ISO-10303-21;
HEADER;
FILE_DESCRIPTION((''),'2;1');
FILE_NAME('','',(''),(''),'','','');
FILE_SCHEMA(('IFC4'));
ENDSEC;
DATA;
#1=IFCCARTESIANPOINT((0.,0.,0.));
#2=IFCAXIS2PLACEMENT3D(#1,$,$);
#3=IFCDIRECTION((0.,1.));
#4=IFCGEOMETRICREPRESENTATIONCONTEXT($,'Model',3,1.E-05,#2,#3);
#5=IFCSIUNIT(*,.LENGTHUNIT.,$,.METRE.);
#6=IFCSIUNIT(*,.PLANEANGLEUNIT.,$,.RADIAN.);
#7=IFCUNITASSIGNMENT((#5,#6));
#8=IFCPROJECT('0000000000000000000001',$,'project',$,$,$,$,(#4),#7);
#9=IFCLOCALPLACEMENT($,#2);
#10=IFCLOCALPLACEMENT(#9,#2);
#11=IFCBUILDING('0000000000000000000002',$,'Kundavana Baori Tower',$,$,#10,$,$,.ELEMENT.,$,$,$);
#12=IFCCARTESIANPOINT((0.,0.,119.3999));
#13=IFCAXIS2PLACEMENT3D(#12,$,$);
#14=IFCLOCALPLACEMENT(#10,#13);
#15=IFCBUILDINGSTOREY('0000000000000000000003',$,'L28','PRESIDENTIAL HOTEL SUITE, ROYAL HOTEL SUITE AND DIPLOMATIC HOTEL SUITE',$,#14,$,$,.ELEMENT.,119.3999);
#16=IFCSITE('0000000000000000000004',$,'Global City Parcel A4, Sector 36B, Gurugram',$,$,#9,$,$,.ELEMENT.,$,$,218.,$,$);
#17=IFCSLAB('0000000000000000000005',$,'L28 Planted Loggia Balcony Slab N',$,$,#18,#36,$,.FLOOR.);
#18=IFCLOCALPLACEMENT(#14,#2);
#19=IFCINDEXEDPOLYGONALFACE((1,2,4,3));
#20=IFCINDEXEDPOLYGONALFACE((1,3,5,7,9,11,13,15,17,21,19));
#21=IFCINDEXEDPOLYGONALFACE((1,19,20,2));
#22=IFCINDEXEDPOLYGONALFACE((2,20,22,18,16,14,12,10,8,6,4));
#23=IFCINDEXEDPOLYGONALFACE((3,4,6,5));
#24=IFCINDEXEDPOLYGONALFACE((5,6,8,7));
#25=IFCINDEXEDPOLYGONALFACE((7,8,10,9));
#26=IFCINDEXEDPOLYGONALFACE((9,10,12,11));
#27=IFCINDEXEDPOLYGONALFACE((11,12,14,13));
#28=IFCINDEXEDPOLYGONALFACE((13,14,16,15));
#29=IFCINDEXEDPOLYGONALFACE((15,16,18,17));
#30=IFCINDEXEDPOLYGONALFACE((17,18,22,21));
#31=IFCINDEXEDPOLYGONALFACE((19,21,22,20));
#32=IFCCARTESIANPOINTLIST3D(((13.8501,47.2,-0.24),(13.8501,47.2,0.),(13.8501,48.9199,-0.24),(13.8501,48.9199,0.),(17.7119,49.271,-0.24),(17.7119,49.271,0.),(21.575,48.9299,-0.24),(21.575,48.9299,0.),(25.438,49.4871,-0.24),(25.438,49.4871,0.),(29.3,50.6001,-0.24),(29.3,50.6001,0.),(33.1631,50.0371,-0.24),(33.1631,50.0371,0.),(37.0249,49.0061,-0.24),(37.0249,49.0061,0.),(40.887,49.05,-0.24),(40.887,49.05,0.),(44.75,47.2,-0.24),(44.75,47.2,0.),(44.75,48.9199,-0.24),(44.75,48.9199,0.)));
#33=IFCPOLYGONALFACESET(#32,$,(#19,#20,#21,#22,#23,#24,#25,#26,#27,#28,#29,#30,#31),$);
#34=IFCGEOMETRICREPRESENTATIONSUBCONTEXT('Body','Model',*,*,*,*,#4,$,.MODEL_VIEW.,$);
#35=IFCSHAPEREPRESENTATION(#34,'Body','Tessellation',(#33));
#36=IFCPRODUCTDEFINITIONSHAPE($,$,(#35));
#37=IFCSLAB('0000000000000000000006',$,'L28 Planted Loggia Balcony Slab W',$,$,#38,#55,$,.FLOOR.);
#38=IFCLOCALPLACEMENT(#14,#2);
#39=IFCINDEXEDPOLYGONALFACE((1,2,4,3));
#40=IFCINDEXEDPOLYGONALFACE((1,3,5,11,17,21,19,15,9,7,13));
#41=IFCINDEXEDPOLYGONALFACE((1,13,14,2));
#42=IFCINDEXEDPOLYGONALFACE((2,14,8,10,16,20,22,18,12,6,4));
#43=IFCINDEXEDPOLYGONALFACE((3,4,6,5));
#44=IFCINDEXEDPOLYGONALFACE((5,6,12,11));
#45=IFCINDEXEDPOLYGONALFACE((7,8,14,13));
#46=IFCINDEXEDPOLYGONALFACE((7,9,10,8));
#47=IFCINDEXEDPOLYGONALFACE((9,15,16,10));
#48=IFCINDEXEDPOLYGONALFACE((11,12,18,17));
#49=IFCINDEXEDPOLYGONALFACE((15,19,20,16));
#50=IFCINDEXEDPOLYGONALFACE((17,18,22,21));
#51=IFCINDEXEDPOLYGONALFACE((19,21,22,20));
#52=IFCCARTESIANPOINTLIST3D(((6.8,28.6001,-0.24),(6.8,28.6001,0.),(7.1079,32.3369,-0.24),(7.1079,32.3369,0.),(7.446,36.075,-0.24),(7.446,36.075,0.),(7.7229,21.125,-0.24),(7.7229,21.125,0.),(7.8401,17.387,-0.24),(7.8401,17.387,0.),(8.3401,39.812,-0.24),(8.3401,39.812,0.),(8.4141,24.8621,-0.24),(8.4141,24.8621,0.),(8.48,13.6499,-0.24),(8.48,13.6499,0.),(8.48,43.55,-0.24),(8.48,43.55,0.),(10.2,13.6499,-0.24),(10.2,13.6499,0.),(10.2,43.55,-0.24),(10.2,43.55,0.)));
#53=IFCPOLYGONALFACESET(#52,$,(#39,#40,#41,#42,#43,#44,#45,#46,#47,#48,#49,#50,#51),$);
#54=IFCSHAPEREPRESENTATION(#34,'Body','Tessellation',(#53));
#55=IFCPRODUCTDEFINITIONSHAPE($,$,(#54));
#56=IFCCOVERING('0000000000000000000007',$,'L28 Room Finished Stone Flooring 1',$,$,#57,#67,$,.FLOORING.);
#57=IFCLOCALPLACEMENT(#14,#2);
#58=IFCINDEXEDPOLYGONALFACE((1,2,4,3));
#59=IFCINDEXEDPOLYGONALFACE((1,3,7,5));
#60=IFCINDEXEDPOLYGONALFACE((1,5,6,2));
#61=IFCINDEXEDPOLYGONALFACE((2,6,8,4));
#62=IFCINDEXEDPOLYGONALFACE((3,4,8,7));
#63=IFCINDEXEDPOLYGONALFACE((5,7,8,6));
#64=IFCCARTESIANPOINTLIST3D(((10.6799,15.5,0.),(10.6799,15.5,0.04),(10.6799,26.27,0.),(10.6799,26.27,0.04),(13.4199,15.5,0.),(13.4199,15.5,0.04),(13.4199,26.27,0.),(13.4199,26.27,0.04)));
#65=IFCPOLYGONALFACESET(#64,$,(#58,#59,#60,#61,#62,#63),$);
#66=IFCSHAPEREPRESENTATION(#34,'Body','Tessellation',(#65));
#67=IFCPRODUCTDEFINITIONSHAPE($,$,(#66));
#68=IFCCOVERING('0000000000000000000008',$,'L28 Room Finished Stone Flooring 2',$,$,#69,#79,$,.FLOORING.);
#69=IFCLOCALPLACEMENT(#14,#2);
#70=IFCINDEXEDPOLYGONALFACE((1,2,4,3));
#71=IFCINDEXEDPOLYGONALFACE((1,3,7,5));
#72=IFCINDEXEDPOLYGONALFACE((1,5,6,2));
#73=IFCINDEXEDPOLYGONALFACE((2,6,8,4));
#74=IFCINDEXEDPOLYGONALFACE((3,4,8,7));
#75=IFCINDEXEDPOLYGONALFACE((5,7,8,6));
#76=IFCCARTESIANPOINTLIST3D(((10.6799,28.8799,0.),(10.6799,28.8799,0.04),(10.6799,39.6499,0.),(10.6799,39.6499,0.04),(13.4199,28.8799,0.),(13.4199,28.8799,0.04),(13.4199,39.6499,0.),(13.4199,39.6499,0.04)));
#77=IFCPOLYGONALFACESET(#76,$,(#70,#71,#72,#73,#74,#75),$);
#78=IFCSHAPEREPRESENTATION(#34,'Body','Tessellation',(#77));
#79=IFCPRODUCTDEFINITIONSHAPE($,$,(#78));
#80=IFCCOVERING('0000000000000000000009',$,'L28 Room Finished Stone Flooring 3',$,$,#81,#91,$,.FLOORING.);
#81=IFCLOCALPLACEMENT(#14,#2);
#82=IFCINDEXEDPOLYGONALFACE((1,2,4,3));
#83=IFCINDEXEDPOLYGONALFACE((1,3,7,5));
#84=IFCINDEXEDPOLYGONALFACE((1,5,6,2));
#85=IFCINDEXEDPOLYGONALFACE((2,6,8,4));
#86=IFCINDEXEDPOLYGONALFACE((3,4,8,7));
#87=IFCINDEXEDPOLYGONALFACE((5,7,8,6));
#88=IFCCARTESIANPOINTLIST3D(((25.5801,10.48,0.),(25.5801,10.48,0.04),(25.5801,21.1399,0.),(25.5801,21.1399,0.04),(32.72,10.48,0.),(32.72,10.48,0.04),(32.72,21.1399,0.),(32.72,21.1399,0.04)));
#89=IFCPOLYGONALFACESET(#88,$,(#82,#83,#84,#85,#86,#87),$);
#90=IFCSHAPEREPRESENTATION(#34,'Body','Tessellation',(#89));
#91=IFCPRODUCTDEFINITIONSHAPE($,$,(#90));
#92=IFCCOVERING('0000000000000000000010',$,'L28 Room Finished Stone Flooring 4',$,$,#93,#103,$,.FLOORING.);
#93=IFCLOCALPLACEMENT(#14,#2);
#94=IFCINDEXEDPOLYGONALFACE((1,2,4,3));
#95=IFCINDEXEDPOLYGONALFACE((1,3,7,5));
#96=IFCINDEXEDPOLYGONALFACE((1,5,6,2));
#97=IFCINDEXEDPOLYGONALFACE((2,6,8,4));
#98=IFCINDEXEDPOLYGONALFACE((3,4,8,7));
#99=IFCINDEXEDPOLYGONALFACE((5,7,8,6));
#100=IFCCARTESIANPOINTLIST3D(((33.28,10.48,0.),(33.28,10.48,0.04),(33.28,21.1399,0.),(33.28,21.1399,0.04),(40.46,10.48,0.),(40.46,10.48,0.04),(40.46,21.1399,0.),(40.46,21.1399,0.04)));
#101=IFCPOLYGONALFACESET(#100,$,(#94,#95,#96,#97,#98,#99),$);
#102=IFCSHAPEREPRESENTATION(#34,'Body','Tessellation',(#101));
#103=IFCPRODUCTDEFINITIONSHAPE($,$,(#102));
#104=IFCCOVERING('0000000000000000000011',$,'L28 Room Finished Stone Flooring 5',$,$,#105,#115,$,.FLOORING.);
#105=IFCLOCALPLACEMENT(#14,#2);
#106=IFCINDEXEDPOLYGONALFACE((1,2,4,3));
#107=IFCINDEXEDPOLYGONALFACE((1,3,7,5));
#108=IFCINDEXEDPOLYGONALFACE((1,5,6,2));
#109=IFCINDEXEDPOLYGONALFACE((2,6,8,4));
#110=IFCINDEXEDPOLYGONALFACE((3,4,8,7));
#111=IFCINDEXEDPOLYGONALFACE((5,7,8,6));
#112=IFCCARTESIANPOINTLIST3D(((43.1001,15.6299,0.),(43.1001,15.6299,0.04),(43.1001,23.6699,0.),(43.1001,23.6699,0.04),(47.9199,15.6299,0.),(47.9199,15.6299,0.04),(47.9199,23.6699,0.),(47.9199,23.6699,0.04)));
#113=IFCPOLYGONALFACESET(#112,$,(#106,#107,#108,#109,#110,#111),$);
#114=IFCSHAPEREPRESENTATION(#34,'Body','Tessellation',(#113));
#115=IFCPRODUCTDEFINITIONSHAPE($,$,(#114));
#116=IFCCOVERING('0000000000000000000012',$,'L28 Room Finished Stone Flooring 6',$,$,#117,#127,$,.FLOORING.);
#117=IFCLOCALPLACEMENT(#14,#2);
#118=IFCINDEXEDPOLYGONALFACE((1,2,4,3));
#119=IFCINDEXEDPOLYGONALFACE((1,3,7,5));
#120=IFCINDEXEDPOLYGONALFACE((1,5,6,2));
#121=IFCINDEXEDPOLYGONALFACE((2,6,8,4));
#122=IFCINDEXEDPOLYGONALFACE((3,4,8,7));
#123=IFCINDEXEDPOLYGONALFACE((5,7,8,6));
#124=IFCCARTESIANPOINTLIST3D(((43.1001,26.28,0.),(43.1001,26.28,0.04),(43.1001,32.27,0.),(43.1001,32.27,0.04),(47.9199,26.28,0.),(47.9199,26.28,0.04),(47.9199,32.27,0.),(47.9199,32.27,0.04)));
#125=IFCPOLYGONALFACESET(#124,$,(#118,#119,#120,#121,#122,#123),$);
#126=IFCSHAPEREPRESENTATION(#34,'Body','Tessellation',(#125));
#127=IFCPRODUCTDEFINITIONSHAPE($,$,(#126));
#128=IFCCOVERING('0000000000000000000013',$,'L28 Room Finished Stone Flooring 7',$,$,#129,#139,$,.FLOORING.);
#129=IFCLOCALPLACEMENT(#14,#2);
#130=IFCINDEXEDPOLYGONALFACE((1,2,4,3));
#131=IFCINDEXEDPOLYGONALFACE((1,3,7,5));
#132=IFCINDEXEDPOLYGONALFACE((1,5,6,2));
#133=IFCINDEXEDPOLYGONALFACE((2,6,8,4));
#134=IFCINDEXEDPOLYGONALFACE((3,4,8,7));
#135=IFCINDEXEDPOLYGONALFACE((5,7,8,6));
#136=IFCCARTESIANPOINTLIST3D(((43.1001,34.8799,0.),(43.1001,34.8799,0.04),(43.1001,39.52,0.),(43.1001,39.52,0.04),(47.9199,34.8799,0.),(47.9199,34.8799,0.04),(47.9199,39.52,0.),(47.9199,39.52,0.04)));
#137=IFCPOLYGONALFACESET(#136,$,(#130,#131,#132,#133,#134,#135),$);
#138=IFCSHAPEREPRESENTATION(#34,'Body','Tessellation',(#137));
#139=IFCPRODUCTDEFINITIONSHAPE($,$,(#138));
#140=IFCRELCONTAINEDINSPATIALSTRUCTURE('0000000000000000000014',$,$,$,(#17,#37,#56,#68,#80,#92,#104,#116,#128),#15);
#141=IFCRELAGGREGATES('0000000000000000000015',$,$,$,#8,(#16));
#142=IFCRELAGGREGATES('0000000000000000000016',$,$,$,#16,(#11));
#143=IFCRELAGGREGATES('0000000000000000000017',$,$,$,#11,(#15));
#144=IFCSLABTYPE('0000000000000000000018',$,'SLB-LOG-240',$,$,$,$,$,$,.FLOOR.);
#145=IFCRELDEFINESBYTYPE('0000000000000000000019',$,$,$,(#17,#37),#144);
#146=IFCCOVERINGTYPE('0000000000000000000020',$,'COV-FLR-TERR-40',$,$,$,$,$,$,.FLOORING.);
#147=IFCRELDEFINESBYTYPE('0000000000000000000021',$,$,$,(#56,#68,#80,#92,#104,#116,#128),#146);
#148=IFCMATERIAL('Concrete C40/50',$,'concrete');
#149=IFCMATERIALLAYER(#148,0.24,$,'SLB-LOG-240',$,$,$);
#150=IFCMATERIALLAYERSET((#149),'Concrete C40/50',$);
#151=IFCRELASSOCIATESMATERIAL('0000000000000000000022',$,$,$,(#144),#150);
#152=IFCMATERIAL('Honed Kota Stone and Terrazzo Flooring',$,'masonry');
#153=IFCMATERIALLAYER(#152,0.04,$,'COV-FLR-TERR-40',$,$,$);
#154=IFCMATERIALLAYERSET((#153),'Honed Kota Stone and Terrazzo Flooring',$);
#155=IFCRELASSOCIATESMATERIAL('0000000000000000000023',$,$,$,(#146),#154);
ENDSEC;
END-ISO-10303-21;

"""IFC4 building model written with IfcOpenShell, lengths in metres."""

from ifc_helpers import new_model, si_unit, direction, frame, origin, place, context, subcontext, project, spatial, polyline, outline, extrude, material, layer, layer_set, type_object, element, save


model = new_model("IFC4")

# Units and contexts
model_context = context("Model", 3, precision=1e-05, world=origin(), true_north=direction((0.0, 1.0)))
body_context = subcontext(model_context, "Body", "Model", "MODEL_VIEW")
ifc_project = project(units=[si_unit("LENGTHUNIT", "METRE"), si_unit("PLANEANGLEUNIT", "RADIAN")], contexts=[model_context])

# Site, building, storey
site_placement = place(None, origin())
site = spatial("IfcSite", under=ifc_project, at=site_placement, Name="Global City Parcel A4, Sector 36B, Gurugram", CompositionType="ELEMENT", RefElevation=218.0)
building_placement = place(site_placement, origin())
building = spatial("IfcBuilding", under=site, at=building_placement, Name="Kundavana Baori Tower", CompositionType="ELEMENT")
storey_placement = place(building_placement, frame((0.0, 0.0, 119.3999)))
storey = spatial("IfcBuildingStorey", under=building, at=storey_placement, Name="L28", Description="PRESIDENTIAL HOTEL SUITE, ROYAL HOTEL SUITE AND DIPLOMATIC HOTEL SUITE", CompositionType="ELEMENT", Elevation=119.3999)

# Slabs
ifc_material_1 = material(Name="Concrete C40/50", Category="concrete")
ifc_layer_1 = layer(ifc_material_1, 0.24, Name="SLB-LOG-240")
ifc_layer_set_1 = layer_set([ifc_layer_1], Name="Concrete C40/50")
slab_type_1 = type_object("IfcSlabType", Name="SLB-LOG-240", PredefinedType="FLOOR", material=ifc_layer_set_1)
slab_1_placement = place(storey_placement, frame((0.0, 0.0, -0.24)))
element("IfcSlab", 1, at=slab_1_placement, inside=storey, type_object=slab_type_1, Name="L28 Planted Loggia Balcony Slab N", PredefinedType="FLOOR", context=body_context, shape_type="SweptSolid", body=[
    extrude(outline(polyline([(44.75, 47.2), (13.8501, 47.2), (13.8501, 48.9199), (17.7119, 49.271), (21.575, 48.9299), (25.438, 49.4871), (29.3, 50.6001), (33.1631, 50.0371), (37.0249, 49.0061), (40.887, 49.05), (44.75, 48.9199), (44.75, 47.2)])), origin(), (0.0, 0.0, 1.0), 0.24),
])
slab_2_placement = place(storey_placement, frame((0.0, 0.0, -0.24)))
element("IfcSlab", 2, at=slab_2_placement, inside=storey, type_object=slab_type_1, Name="L28 Planted Loggia Balcony Slab W", PredefinedType="FLOOR", context=body_context, shape_type="SweptSolid", body=[
    extrude(outline(polyline([(10.2, 43.55), (10.2, 13.6499), (8.48, 13.6499), (7.8401, 17.387), (7.7229, 21.125), (8.4141, 24.8621), (6.8, 28.6001), (7.1079, 32.3369), (7.446, 36.075), (8.3401, 39.812), (8.48, 43.55), (10.2, 43.55)])), origin(), (0.0, 0.0, 1.0), 0.24),
])

# Coverings
ifc_material_2 = material(Name="Honed Kota Stone and Terrazzo Flooring", Category="masonry")
ifc_layer_2 = layer(ifc_material_2, 0.04, Name="COV-FLR-TERR-40")
ifc_layer_set_2 = layer_set([ifc_layer_2], Name="Honed Kota Stone and Terrazzo Flooring")
covering_type = type_object("IfcCoveringType", Name="COV-FLR-TERR-40", PredefinedType="FLOORING", material=ifc_layer_set_2)
covering_1_placement = place(storey_placement, origin())
element("IfcCovering", 3, at=covering_1_placement, inside=storey, type_object=covering_type, Name="L28 Room Finished Stone Flooring 1", PredefinedType="FLOORING", context=body_context, shape_type="SweptSolid", body=[
    extrude(outline(polyline([(10.6799, 15.5), (13.4199, 15.5), (13.4199, 26.27), (10.6799, 26.27), (10.6799, 15.5)])), origin(), (0.0, 0.0, 1.0), 0.04),
])
covering_2_placement = place(storey_placement, origin())
element("IfcCovering", 4, at=covering_2_placement, inside=storey, type_object=covering_type, Name="L28 Room Finished Stone Flooring 2", PredefinedType="FLOORING", context=body_context, shape_type="SweptSolid", body=[
    extrude(outline(polyline([(10.6799, 28.8799), (13.4199, 28.8799), (13.4199, 39.6499), (10.6799, 39.6499), (10.6799, 28.8799)])), origin(), (0.0, 0.0, 1.0), 0.04),
])
covering_3_placement = place(storey_placement, origin())
element("IfcCovering", 5, at=covering_3_placement, inside=storey, type_object=covering_type, Name="L28 Room Finished Stone Flooring 3", PredefinedType="FLOORING", context=body_context, shape_type="SweptSolid", body=[
    extrude(outline(polyline([(25.5801, 10.48), (32.72, 10.48), (32.72, 21.1399), (25.5801, 21.1399), (25.5801, 10.48)])), origin(), (0.0, 0.0, 1.0), 0.04),
])
covering_4_placement = place(storey_placement, origin())
element("IfcCovering", 6, at=covering_4_placement, inside=storey, type_object=covering_type, Name="L28 Room Finished Stone Flooring 4", PredefinedType="FLOORING", context=body_context, shape_type="SweptSolid", body=[
    extrude(outline(polyline([(33.28, 10.48), (40.46, 10.48), (40.46, 21.1399), (33.28, 21.1399), (33.28, 10.48)])), origin(), (0.0, 0.0, 1.0), 0.04),
])
covering_5_placement = place(storey_placement, origin())
element("IfcCovering", 7, at=covering_5_placement, inside=storey, type_object=covering_type, Name="L28 Room Finished Stone Flooring 5", PredefinedType="FLOORING", context=body_context, shape_type="SweptSolid", body=[
    extrude(outline(polyline([(43.1001, 15.6299), (47.9199, 15.6299), (47.9199, 23.6699), (43.1001, 23.6699), (43.1001, 15.6299)])), origin(), (0.0, 0.0, 1.0), 0.04),
])
covering_6_placement = place(storey_placement, origin())
element("IfcCovering", 8, at=covering_6_placement, inside=storey, type_object=covering_type, Name="L28 Room Finished Stone Flooring 6", PredefinedType="FLOORING", context=body_context, shape_type="SweptSolid", body=[
    extrude(outline(polyline([(43.1001, 26.28), (47.9199, 26.28), (47.9199, 32.27), (43.1001, 32.27), (43.1001, 26.28)])), origin(), (0.0, 0.0, 1.0), 0.04),
])
covering_7_placement = place(storey_placement, origin())
element("IfcCovering", 9, at=covering_7_placement, inside=storey, type_object=covering_type, Name="L28 Room Finished Stone Flooring 7", PredefinedType="FLOORING", context=body_context, shape_type="SweptSolid", body=[
    extrude(outline(polyline([(43.1001, 34.8799), (47.9199, 34.8799), (47.9199, 39.52), (43.1001, 39.52), (43.1001, 34.8799)])), origin(), (0.0, 0.0, 1.0), 0.04),
])

save(model, "model.ifc")
